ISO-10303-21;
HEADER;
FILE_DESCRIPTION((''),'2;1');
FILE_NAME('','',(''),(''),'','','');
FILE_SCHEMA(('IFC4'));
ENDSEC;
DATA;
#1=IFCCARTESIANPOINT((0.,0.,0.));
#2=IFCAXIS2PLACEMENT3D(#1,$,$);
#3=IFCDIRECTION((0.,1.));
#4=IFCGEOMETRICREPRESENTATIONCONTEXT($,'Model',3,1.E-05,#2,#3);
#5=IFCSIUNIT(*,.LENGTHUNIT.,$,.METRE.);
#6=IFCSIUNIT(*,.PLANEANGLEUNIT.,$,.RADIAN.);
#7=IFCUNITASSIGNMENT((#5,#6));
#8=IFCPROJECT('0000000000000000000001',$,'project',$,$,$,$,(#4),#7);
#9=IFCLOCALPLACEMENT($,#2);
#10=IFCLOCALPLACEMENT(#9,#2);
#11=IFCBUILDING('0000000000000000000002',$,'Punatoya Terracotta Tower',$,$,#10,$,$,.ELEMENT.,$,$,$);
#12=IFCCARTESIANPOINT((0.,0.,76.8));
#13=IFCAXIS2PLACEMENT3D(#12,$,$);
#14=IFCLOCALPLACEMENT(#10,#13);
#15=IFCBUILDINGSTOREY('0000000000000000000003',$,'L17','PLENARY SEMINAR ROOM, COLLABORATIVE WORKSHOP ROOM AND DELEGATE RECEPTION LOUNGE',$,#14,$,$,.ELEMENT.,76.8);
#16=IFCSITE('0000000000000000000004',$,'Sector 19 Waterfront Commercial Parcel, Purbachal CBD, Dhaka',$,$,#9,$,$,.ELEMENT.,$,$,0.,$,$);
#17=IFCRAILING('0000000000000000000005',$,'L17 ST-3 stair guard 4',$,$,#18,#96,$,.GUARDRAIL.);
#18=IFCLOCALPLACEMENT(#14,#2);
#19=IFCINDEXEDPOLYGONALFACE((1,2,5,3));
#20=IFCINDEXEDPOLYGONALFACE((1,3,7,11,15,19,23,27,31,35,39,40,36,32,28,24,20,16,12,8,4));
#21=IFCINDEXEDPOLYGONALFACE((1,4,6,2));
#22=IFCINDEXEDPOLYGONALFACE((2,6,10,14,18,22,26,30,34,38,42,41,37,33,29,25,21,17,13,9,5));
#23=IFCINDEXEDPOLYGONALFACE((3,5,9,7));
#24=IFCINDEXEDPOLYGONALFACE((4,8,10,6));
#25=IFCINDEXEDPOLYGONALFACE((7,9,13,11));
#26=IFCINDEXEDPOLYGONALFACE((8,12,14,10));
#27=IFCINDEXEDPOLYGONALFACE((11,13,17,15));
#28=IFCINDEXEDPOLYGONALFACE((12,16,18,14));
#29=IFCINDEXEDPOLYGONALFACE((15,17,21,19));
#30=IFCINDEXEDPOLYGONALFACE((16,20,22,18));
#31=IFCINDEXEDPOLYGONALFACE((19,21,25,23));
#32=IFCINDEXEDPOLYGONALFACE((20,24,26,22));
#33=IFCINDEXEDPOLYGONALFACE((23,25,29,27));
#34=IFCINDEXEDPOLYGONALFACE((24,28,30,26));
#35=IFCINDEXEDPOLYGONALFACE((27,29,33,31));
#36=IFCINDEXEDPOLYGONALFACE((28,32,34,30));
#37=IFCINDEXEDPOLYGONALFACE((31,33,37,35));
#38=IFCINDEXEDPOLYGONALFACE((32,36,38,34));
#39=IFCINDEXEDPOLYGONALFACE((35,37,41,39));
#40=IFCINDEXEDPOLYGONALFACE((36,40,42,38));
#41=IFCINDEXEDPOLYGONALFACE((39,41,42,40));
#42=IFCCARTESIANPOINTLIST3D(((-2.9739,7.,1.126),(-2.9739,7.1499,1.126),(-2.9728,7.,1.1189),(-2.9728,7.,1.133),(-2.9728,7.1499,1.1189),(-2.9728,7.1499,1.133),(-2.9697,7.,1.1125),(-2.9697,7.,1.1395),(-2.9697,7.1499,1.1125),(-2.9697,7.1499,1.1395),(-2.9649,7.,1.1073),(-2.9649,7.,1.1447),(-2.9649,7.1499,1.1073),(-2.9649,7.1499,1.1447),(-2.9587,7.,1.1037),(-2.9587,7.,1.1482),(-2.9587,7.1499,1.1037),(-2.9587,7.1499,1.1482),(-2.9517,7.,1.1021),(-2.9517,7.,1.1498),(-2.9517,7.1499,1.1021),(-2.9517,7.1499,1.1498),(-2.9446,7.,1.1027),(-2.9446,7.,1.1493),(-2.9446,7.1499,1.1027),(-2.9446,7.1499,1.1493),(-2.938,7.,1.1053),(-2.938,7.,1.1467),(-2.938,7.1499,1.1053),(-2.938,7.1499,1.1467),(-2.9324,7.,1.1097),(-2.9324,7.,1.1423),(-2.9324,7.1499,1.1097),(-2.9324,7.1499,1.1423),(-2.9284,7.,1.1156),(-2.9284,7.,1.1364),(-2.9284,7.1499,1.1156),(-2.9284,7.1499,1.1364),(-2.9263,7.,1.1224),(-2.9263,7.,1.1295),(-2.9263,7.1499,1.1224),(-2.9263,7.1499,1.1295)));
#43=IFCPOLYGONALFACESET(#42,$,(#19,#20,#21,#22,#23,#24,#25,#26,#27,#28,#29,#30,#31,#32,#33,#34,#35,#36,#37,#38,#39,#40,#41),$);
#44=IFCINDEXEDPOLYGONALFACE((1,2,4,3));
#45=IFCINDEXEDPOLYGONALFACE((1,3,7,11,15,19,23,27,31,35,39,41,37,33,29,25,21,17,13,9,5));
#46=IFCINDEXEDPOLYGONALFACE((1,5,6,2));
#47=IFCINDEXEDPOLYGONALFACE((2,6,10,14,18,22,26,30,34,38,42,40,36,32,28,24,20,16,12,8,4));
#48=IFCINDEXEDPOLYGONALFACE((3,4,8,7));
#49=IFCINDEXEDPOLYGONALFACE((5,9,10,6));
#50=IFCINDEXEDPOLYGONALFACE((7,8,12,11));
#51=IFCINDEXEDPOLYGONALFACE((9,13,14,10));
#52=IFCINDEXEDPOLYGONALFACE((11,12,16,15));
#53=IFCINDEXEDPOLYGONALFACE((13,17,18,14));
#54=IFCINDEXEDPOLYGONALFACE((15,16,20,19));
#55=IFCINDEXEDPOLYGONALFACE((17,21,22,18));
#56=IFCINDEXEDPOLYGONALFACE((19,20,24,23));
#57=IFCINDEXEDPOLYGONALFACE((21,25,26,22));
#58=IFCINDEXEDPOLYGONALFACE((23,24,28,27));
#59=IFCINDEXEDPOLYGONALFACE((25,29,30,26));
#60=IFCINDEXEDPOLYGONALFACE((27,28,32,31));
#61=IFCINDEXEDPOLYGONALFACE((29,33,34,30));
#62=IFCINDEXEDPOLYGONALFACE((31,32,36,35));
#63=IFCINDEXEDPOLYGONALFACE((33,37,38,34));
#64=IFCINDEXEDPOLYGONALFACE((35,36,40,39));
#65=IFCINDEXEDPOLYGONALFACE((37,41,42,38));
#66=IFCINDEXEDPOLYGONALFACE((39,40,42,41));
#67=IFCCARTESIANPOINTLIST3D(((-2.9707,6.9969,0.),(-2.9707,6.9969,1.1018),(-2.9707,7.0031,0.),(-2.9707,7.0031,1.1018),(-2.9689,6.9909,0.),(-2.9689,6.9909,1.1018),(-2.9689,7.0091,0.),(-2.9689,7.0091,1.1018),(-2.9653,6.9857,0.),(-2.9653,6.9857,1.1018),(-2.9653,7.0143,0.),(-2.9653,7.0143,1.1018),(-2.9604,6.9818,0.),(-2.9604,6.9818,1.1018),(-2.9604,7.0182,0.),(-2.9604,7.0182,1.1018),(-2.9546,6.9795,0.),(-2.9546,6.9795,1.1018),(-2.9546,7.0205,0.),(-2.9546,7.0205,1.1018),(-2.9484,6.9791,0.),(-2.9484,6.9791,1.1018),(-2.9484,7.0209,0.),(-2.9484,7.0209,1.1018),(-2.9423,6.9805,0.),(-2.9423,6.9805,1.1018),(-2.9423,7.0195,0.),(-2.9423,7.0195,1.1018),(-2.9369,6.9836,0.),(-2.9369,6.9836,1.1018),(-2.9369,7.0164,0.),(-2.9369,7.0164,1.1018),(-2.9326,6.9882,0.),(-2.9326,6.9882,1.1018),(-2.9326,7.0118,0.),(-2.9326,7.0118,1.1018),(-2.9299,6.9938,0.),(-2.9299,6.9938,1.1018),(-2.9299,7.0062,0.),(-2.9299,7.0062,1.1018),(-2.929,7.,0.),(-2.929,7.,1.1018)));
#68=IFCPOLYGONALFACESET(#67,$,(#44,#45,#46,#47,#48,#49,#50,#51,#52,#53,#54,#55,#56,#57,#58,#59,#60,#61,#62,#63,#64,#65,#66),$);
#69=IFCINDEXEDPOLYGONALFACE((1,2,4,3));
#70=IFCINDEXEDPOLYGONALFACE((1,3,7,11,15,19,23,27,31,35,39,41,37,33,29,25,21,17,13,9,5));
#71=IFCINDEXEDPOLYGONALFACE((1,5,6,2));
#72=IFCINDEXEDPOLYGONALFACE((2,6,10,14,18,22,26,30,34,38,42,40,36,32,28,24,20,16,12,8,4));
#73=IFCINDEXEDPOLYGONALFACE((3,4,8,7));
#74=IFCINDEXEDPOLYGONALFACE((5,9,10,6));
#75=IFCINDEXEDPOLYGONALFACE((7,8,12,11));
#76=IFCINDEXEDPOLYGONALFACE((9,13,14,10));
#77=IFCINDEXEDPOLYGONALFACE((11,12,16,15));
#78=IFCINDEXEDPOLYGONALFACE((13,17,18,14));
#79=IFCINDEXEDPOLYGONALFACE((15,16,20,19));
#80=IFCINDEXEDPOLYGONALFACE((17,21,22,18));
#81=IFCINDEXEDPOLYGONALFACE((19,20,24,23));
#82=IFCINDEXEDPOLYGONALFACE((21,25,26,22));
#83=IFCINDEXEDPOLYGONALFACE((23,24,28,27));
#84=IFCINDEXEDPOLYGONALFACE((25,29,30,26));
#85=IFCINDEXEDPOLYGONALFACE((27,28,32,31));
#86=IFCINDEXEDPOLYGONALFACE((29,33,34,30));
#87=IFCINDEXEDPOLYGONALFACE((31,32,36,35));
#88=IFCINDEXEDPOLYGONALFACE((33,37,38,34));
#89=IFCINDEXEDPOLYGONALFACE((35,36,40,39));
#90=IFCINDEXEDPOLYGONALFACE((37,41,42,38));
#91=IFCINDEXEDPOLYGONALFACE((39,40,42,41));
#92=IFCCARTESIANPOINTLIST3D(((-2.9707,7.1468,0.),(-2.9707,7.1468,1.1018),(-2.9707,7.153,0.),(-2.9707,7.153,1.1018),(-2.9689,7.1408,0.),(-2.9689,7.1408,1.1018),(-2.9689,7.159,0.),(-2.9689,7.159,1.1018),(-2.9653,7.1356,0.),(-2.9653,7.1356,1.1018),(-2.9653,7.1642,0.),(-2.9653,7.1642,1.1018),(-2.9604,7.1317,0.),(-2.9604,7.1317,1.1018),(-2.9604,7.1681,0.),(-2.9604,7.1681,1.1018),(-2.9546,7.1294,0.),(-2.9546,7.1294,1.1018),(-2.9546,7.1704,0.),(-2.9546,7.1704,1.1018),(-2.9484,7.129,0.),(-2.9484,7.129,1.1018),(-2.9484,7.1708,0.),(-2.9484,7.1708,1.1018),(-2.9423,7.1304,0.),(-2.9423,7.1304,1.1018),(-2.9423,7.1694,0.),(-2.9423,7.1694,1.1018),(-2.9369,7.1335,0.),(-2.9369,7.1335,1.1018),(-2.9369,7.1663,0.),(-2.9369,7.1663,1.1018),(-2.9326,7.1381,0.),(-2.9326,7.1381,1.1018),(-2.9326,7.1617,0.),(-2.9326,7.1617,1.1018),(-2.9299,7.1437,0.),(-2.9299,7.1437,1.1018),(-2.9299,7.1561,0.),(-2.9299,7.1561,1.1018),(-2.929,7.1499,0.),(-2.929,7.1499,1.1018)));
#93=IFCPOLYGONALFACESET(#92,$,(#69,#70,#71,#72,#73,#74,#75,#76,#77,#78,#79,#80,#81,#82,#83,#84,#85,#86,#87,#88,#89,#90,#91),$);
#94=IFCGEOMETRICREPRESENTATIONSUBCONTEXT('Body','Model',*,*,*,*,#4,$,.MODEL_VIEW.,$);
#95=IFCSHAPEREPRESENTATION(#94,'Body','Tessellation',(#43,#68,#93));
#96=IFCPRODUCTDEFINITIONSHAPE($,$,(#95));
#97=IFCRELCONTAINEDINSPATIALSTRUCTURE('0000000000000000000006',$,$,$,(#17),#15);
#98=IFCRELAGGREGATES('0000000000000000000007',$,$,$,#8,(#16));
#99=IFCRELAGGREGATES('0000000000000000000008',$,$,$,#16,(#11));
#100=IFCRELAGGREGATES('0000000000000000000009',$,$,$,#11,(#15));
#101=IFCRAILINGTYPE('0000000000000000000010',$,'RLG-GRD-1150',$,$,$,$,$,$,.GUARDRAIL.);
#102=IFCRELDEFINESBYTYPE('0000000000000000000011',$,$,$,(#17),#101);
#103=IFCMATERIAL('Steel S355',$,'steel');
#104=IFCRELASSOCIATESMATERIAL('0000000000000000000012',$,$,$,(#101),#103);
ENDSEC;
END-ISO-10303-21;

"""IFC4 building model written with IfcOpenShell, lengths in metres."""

from ifc_helpers import new_model, si_unit, direction, frame, origin, origin_2d, place, context, subcontext, project, spatial, circle, extrude, material, type_object, element, save


model = new_model("IFC4")

# Units and contexts
model_context = context("Model", 3, precision=1e-05, world=origin(), true_north=direction((0.0, 1.0)))
body_context = subcontext(model_context, "Body", "Model", "MODEL_VIEW")
ifc_project = project(units=[si_unit("LENGTHUNIT", "METRE"), si_unit("PLANEANGLEUNIT", "RADIAN")], contexts=[model_context])

# Site, building, storey
site_placement = place(None, origin())
site = spatial("IfcSite", under=ifc_project, at=site_placement, Name="Sector 19 Waterfront Commercial Parcel, Purbachal CBD, Dhaka", CompositionType="ELEMENT", RefElevation=0.0)
building_placement = place(site_placement, origin())
building = spatial("IfcBuilding", under=site, at=building_placement, Name="Punatoya Terracotta Tower", CompositionType="ELEMENT")
storey_placement = place(building_placement, frame((0.0, 0.0, 76.8)))
storey = spatial("IfcBuildingStorey", under=building, at=storey_placement, Name="L17", Description="PLENARY SEMINAR ROOM, COLLABORATIVE WORKSHOP ROOM AND DELEGATE RECEPTION LOUNGE", CompositionType="ELEMENT", Elevation=76.8)

# Shared definitions
ifc_material_1 = material(Name="Steel S355", Category="steel")

# Railing
railing_type_1 = type_object("IfcRailingType", Name="RLG-GRD-1150", PredefinedType="GUARDRAIL", material=ifc_material_1)
railing_1_placement = place(storey_placement, frame((-2.95, 7.0, 0.0)))
element("IfcRailing", 1, at=railing_1_placement, inside=storey, type_object=railing_type_1, Name="L17 ST-3 stair guard 4", PredefinedType="GUARDRAIL", context=body_context, shape_type="SweptSolid", body=[
    extrude(circle(Radius=0.0239, at=origin_2d()), frame((0.0, 0.0, 1.126), z_axis=(0.0, 1.0, 0.0), x_axis=(-1.0, 0.0, 0.0)), (0.0, 0.0, 1.0), 0.1499),
    extrude(circle(Radius=0.021, at=origin_2d()), origin(), (0.0, 0.0, 1.0), 1.1018),
    extrude(circle(Radius=0.021, at=origin_2d()), frame((0.0, 0.1499, 0.0)), (0.0, 0.0, 1.0), 1.1018),
])

save(model, "model.ifc")
